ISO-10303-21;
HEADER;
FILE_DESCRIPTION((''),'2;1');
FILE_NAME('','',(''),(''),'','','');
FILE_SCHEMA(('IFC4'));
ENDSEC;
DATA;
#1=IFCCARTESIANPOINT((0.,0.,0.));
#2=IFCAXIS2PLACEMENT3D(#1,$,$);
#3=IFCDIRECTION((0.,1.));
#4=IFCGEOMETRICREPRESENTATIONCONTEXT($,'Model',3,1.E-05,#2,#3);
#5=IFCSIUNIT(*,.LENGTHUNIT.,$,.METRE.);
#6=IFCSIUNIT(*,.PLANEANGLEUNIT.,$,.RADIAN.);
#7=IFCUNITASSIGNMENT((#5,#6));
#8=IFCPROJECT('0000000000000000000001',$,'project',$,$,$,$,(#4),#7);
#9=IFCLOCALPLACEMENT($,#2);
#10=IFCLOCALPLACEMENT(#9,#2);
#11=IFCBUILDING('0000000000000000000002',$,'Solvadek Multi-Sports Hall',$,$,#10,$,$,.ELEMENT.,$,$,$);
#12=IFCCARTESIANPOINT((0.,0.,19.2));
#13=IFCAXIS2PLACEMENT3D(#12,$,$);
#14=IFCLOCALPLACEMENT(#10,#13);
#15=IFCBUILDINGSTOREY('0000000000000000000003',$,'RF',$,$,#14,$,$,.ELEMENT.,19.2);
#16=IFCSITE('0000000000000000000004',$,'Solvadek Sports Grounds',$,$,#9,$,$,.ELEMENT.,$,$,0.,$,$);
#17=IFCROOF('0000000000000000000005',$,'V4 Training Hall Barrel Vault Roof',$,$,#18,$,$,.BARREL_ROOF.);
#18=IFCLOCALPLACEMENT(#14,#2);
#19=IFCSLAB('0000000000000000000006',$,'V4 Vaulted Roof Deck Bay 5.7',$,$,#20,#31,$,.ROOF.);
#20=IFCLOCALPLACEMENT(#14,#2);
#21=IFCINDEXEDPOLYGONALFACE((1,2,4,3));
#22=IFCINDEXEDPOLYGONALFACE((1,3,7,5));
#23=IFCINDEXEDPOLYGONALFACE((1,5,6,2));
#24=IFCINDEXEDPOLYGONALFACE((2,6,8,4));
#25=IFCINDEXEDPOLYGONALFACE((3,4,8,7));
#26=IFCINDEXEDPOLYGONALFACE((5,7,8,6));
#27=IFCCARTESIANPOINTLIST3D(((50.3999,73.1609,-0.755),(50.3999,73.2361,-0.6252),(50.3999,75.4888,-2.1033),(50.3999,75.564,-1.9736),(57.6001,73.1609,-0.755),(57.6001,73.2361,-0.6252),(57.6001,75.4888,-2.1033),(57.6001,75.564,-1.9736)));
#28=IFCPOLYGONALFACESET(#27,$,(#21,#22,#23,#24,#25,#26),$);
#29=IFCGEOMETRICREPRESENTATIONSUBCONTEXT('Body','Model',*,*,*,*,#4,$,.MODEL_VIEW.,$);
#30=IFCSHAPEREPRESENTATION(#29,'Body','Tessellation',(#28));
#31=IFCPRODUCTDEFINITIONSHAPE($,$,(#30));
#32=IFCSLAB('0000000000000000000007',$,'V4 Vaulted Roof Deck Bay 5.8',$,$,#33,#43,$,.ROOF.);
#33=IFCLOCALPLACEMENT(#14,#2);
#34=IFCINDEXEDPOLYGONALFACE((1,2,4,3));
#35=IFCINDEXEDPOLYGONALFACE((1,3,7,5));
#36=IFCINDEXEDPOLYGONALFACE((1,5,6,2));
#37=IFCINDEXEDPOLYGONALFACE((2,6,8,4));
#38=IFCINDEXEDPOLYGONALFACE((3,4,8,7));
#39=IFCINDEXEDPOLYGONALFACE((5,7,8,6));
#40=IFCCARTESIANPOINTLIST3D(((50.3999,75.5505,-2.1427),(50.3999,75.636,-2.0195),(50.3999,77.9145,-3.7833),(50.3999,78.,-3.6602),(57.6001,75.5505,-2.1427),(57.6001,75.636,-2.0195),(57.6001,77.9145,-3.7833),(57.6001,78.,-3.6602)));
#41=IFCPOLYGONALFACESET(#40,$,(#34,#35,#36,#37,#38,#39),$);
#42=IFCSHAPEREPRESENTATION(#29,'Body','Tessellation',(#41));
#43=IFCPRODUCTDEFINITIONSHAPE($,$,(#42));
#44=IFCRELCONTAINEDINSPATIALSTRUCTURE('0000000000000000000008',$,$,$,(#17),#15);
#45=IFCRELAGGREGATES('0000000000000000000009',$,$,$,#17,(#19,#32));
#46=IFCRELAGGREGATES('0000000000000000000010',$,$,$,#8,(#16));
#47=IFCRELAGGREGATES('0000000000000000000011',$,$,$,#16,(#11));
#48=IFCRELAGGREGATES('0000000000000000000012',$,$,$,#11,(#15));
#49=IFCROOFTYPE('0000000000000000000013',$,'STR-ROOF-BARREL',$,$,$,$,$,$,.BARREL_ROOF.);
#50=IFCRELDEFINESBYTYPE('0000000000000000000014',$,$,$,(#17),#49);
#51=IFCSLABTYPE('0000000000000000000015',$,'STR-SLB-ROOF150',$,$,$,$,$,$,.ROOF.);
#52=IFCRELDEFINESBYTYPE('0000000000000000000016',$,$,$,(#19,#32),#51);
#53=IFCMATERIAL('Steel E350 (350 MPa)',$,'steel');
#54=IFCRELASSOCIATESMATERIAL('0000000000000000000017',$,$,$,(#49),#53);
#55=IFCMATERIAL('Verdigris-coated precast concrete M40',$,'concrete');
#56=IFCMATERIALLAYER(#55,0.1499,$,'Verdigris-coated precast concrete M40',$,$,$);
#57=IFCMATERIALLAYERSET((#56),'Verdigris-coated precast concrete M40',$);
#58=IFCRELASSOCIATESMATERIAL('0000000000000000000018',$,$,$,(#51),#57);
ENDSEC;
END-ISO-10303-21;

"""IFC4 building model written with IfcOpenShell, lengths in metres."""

from ifc_helpers import new_model, si_unit, direction, frame, origin, place, context, subcontext, project, spatial, polyline, outline, extrude, material, layer, layer_set, type_object, element, aggregate, save


model = new_model("IFC4")

# Units and contexts
model_context = context("Model", 3, precision=1e-05, world=origin(), true_north=direction((0.0, 1.0)))
body_context = subcontext(model_context, "Body", "Model", "MODEL_VIEW")
ifc_project = project(units=[si_unit("LENGTHUNIT", "METRE"), si_unit("PLANEANGLEUNIT", "RADIAN")], contexts=[model_context])

# Site, building, storey
site_placement = place(None, origin())
site = spatial("IfcSite", under=ifc_project, at=site_placement, Name="Solvadek Sports Grounds", CompositionType="ELEMENT", RefElevation=0.0)
building_placement = place(site_placement, origin())
building = spatial("IfcBuilding", under=site, at=building_placement, Name="Solvadek Multi-Sports Hall", CompositionType="ELEMENT")
storey_placement = place(building_placement, frame((0.0, 0.0, 19.2)))
storey = spatial("IfcBuildingStorey", under=building, at=storey_placement, Name="RF", CompositionType="ELEMENT", Elevation=19.2)

# Shared definitions
ifc_material_1 = material(Name="Steel E350 (350 MPa)", Category="steel")

# Roof, slabs
roof_type = type_object("IfcRoofType", Name="STR-ROOF-BARREL", PredefinedType="BARREL_ROOF", material=ifc_material_1)
roof_placement = place(storey_placement, origin())
roof = element("IfcRoof", 1, at=roof_placement, inside=storey, type_object=roof_type, Name="V4 Training Hall Barrel Vault Roof", PredefinedType="BARREL_ROOF")
ifc_material_2 = material(Name="Verdigris-coated precast concrete M40", Category="concrete")
ifc_layer_1 = layer(ifc_material_2, 0.1499, Name="Verdigris-coated precast concrete M40")
ifc_layer_set_1 = layer_set([ifc_layer_1], Name="Verdigris-coated precast concrete M40")
slab_type = type_object("IfcSlabType", Name="STR-SLB-ROOF150", PredefinedType="ROOF", material=ifc_layer_set_1)
slab_1_placement = place(storey_placement, frame((50.3999, 73.2361, -0.6252), z_axis=(0.0, 0.501222, 0.865319), x_axis=(1.0, 0.0, 0.0)))
slab_1 = element("IfcSlab", 2, at=slab_1_placement, type_object=slab_type, Name="V4 Vaulted Roof Deck Bay 5.7", PredefinedType="ROOF", context=body_context, shape_type="SweptSolid", body=[
    extrude(outline(polyline([(0.0, 0.0), (7.2002, 0.0), (7.2002, 2.6902), (0.0, 2.6902), (0.0, 0.0)])), origin(), (0.0, 0.0, -1.0), 0.1499),
])
slab_2_placement = place(storey_placement, frame((50.3999, 75.636, -2.0195), z_axis=(0.0, 0.570149, 0.821541), x_axis=(1.0, 0.0, 0.0)))
slab_2 = element("IfcSlab", 3, at=slab_2_placement, type_object=slab_type, Name="V4 Vaulted Roof Deck Bay 5.8", PredefinedType="ROOF", context=body_context, shape_type="SweptSolid", body=[
    extrude(outline(polyline([(0.0, 0.0), (7.2002, 0.0), (7.2002, 2.8775), (0.0, 2.8775), (0.0, 0.0)])), origin(), (0.0, 0.0, -1.0), 0.1499),
])
aggregate(roof, [slab_1, slab_2])

save(model, "model.ifc")
